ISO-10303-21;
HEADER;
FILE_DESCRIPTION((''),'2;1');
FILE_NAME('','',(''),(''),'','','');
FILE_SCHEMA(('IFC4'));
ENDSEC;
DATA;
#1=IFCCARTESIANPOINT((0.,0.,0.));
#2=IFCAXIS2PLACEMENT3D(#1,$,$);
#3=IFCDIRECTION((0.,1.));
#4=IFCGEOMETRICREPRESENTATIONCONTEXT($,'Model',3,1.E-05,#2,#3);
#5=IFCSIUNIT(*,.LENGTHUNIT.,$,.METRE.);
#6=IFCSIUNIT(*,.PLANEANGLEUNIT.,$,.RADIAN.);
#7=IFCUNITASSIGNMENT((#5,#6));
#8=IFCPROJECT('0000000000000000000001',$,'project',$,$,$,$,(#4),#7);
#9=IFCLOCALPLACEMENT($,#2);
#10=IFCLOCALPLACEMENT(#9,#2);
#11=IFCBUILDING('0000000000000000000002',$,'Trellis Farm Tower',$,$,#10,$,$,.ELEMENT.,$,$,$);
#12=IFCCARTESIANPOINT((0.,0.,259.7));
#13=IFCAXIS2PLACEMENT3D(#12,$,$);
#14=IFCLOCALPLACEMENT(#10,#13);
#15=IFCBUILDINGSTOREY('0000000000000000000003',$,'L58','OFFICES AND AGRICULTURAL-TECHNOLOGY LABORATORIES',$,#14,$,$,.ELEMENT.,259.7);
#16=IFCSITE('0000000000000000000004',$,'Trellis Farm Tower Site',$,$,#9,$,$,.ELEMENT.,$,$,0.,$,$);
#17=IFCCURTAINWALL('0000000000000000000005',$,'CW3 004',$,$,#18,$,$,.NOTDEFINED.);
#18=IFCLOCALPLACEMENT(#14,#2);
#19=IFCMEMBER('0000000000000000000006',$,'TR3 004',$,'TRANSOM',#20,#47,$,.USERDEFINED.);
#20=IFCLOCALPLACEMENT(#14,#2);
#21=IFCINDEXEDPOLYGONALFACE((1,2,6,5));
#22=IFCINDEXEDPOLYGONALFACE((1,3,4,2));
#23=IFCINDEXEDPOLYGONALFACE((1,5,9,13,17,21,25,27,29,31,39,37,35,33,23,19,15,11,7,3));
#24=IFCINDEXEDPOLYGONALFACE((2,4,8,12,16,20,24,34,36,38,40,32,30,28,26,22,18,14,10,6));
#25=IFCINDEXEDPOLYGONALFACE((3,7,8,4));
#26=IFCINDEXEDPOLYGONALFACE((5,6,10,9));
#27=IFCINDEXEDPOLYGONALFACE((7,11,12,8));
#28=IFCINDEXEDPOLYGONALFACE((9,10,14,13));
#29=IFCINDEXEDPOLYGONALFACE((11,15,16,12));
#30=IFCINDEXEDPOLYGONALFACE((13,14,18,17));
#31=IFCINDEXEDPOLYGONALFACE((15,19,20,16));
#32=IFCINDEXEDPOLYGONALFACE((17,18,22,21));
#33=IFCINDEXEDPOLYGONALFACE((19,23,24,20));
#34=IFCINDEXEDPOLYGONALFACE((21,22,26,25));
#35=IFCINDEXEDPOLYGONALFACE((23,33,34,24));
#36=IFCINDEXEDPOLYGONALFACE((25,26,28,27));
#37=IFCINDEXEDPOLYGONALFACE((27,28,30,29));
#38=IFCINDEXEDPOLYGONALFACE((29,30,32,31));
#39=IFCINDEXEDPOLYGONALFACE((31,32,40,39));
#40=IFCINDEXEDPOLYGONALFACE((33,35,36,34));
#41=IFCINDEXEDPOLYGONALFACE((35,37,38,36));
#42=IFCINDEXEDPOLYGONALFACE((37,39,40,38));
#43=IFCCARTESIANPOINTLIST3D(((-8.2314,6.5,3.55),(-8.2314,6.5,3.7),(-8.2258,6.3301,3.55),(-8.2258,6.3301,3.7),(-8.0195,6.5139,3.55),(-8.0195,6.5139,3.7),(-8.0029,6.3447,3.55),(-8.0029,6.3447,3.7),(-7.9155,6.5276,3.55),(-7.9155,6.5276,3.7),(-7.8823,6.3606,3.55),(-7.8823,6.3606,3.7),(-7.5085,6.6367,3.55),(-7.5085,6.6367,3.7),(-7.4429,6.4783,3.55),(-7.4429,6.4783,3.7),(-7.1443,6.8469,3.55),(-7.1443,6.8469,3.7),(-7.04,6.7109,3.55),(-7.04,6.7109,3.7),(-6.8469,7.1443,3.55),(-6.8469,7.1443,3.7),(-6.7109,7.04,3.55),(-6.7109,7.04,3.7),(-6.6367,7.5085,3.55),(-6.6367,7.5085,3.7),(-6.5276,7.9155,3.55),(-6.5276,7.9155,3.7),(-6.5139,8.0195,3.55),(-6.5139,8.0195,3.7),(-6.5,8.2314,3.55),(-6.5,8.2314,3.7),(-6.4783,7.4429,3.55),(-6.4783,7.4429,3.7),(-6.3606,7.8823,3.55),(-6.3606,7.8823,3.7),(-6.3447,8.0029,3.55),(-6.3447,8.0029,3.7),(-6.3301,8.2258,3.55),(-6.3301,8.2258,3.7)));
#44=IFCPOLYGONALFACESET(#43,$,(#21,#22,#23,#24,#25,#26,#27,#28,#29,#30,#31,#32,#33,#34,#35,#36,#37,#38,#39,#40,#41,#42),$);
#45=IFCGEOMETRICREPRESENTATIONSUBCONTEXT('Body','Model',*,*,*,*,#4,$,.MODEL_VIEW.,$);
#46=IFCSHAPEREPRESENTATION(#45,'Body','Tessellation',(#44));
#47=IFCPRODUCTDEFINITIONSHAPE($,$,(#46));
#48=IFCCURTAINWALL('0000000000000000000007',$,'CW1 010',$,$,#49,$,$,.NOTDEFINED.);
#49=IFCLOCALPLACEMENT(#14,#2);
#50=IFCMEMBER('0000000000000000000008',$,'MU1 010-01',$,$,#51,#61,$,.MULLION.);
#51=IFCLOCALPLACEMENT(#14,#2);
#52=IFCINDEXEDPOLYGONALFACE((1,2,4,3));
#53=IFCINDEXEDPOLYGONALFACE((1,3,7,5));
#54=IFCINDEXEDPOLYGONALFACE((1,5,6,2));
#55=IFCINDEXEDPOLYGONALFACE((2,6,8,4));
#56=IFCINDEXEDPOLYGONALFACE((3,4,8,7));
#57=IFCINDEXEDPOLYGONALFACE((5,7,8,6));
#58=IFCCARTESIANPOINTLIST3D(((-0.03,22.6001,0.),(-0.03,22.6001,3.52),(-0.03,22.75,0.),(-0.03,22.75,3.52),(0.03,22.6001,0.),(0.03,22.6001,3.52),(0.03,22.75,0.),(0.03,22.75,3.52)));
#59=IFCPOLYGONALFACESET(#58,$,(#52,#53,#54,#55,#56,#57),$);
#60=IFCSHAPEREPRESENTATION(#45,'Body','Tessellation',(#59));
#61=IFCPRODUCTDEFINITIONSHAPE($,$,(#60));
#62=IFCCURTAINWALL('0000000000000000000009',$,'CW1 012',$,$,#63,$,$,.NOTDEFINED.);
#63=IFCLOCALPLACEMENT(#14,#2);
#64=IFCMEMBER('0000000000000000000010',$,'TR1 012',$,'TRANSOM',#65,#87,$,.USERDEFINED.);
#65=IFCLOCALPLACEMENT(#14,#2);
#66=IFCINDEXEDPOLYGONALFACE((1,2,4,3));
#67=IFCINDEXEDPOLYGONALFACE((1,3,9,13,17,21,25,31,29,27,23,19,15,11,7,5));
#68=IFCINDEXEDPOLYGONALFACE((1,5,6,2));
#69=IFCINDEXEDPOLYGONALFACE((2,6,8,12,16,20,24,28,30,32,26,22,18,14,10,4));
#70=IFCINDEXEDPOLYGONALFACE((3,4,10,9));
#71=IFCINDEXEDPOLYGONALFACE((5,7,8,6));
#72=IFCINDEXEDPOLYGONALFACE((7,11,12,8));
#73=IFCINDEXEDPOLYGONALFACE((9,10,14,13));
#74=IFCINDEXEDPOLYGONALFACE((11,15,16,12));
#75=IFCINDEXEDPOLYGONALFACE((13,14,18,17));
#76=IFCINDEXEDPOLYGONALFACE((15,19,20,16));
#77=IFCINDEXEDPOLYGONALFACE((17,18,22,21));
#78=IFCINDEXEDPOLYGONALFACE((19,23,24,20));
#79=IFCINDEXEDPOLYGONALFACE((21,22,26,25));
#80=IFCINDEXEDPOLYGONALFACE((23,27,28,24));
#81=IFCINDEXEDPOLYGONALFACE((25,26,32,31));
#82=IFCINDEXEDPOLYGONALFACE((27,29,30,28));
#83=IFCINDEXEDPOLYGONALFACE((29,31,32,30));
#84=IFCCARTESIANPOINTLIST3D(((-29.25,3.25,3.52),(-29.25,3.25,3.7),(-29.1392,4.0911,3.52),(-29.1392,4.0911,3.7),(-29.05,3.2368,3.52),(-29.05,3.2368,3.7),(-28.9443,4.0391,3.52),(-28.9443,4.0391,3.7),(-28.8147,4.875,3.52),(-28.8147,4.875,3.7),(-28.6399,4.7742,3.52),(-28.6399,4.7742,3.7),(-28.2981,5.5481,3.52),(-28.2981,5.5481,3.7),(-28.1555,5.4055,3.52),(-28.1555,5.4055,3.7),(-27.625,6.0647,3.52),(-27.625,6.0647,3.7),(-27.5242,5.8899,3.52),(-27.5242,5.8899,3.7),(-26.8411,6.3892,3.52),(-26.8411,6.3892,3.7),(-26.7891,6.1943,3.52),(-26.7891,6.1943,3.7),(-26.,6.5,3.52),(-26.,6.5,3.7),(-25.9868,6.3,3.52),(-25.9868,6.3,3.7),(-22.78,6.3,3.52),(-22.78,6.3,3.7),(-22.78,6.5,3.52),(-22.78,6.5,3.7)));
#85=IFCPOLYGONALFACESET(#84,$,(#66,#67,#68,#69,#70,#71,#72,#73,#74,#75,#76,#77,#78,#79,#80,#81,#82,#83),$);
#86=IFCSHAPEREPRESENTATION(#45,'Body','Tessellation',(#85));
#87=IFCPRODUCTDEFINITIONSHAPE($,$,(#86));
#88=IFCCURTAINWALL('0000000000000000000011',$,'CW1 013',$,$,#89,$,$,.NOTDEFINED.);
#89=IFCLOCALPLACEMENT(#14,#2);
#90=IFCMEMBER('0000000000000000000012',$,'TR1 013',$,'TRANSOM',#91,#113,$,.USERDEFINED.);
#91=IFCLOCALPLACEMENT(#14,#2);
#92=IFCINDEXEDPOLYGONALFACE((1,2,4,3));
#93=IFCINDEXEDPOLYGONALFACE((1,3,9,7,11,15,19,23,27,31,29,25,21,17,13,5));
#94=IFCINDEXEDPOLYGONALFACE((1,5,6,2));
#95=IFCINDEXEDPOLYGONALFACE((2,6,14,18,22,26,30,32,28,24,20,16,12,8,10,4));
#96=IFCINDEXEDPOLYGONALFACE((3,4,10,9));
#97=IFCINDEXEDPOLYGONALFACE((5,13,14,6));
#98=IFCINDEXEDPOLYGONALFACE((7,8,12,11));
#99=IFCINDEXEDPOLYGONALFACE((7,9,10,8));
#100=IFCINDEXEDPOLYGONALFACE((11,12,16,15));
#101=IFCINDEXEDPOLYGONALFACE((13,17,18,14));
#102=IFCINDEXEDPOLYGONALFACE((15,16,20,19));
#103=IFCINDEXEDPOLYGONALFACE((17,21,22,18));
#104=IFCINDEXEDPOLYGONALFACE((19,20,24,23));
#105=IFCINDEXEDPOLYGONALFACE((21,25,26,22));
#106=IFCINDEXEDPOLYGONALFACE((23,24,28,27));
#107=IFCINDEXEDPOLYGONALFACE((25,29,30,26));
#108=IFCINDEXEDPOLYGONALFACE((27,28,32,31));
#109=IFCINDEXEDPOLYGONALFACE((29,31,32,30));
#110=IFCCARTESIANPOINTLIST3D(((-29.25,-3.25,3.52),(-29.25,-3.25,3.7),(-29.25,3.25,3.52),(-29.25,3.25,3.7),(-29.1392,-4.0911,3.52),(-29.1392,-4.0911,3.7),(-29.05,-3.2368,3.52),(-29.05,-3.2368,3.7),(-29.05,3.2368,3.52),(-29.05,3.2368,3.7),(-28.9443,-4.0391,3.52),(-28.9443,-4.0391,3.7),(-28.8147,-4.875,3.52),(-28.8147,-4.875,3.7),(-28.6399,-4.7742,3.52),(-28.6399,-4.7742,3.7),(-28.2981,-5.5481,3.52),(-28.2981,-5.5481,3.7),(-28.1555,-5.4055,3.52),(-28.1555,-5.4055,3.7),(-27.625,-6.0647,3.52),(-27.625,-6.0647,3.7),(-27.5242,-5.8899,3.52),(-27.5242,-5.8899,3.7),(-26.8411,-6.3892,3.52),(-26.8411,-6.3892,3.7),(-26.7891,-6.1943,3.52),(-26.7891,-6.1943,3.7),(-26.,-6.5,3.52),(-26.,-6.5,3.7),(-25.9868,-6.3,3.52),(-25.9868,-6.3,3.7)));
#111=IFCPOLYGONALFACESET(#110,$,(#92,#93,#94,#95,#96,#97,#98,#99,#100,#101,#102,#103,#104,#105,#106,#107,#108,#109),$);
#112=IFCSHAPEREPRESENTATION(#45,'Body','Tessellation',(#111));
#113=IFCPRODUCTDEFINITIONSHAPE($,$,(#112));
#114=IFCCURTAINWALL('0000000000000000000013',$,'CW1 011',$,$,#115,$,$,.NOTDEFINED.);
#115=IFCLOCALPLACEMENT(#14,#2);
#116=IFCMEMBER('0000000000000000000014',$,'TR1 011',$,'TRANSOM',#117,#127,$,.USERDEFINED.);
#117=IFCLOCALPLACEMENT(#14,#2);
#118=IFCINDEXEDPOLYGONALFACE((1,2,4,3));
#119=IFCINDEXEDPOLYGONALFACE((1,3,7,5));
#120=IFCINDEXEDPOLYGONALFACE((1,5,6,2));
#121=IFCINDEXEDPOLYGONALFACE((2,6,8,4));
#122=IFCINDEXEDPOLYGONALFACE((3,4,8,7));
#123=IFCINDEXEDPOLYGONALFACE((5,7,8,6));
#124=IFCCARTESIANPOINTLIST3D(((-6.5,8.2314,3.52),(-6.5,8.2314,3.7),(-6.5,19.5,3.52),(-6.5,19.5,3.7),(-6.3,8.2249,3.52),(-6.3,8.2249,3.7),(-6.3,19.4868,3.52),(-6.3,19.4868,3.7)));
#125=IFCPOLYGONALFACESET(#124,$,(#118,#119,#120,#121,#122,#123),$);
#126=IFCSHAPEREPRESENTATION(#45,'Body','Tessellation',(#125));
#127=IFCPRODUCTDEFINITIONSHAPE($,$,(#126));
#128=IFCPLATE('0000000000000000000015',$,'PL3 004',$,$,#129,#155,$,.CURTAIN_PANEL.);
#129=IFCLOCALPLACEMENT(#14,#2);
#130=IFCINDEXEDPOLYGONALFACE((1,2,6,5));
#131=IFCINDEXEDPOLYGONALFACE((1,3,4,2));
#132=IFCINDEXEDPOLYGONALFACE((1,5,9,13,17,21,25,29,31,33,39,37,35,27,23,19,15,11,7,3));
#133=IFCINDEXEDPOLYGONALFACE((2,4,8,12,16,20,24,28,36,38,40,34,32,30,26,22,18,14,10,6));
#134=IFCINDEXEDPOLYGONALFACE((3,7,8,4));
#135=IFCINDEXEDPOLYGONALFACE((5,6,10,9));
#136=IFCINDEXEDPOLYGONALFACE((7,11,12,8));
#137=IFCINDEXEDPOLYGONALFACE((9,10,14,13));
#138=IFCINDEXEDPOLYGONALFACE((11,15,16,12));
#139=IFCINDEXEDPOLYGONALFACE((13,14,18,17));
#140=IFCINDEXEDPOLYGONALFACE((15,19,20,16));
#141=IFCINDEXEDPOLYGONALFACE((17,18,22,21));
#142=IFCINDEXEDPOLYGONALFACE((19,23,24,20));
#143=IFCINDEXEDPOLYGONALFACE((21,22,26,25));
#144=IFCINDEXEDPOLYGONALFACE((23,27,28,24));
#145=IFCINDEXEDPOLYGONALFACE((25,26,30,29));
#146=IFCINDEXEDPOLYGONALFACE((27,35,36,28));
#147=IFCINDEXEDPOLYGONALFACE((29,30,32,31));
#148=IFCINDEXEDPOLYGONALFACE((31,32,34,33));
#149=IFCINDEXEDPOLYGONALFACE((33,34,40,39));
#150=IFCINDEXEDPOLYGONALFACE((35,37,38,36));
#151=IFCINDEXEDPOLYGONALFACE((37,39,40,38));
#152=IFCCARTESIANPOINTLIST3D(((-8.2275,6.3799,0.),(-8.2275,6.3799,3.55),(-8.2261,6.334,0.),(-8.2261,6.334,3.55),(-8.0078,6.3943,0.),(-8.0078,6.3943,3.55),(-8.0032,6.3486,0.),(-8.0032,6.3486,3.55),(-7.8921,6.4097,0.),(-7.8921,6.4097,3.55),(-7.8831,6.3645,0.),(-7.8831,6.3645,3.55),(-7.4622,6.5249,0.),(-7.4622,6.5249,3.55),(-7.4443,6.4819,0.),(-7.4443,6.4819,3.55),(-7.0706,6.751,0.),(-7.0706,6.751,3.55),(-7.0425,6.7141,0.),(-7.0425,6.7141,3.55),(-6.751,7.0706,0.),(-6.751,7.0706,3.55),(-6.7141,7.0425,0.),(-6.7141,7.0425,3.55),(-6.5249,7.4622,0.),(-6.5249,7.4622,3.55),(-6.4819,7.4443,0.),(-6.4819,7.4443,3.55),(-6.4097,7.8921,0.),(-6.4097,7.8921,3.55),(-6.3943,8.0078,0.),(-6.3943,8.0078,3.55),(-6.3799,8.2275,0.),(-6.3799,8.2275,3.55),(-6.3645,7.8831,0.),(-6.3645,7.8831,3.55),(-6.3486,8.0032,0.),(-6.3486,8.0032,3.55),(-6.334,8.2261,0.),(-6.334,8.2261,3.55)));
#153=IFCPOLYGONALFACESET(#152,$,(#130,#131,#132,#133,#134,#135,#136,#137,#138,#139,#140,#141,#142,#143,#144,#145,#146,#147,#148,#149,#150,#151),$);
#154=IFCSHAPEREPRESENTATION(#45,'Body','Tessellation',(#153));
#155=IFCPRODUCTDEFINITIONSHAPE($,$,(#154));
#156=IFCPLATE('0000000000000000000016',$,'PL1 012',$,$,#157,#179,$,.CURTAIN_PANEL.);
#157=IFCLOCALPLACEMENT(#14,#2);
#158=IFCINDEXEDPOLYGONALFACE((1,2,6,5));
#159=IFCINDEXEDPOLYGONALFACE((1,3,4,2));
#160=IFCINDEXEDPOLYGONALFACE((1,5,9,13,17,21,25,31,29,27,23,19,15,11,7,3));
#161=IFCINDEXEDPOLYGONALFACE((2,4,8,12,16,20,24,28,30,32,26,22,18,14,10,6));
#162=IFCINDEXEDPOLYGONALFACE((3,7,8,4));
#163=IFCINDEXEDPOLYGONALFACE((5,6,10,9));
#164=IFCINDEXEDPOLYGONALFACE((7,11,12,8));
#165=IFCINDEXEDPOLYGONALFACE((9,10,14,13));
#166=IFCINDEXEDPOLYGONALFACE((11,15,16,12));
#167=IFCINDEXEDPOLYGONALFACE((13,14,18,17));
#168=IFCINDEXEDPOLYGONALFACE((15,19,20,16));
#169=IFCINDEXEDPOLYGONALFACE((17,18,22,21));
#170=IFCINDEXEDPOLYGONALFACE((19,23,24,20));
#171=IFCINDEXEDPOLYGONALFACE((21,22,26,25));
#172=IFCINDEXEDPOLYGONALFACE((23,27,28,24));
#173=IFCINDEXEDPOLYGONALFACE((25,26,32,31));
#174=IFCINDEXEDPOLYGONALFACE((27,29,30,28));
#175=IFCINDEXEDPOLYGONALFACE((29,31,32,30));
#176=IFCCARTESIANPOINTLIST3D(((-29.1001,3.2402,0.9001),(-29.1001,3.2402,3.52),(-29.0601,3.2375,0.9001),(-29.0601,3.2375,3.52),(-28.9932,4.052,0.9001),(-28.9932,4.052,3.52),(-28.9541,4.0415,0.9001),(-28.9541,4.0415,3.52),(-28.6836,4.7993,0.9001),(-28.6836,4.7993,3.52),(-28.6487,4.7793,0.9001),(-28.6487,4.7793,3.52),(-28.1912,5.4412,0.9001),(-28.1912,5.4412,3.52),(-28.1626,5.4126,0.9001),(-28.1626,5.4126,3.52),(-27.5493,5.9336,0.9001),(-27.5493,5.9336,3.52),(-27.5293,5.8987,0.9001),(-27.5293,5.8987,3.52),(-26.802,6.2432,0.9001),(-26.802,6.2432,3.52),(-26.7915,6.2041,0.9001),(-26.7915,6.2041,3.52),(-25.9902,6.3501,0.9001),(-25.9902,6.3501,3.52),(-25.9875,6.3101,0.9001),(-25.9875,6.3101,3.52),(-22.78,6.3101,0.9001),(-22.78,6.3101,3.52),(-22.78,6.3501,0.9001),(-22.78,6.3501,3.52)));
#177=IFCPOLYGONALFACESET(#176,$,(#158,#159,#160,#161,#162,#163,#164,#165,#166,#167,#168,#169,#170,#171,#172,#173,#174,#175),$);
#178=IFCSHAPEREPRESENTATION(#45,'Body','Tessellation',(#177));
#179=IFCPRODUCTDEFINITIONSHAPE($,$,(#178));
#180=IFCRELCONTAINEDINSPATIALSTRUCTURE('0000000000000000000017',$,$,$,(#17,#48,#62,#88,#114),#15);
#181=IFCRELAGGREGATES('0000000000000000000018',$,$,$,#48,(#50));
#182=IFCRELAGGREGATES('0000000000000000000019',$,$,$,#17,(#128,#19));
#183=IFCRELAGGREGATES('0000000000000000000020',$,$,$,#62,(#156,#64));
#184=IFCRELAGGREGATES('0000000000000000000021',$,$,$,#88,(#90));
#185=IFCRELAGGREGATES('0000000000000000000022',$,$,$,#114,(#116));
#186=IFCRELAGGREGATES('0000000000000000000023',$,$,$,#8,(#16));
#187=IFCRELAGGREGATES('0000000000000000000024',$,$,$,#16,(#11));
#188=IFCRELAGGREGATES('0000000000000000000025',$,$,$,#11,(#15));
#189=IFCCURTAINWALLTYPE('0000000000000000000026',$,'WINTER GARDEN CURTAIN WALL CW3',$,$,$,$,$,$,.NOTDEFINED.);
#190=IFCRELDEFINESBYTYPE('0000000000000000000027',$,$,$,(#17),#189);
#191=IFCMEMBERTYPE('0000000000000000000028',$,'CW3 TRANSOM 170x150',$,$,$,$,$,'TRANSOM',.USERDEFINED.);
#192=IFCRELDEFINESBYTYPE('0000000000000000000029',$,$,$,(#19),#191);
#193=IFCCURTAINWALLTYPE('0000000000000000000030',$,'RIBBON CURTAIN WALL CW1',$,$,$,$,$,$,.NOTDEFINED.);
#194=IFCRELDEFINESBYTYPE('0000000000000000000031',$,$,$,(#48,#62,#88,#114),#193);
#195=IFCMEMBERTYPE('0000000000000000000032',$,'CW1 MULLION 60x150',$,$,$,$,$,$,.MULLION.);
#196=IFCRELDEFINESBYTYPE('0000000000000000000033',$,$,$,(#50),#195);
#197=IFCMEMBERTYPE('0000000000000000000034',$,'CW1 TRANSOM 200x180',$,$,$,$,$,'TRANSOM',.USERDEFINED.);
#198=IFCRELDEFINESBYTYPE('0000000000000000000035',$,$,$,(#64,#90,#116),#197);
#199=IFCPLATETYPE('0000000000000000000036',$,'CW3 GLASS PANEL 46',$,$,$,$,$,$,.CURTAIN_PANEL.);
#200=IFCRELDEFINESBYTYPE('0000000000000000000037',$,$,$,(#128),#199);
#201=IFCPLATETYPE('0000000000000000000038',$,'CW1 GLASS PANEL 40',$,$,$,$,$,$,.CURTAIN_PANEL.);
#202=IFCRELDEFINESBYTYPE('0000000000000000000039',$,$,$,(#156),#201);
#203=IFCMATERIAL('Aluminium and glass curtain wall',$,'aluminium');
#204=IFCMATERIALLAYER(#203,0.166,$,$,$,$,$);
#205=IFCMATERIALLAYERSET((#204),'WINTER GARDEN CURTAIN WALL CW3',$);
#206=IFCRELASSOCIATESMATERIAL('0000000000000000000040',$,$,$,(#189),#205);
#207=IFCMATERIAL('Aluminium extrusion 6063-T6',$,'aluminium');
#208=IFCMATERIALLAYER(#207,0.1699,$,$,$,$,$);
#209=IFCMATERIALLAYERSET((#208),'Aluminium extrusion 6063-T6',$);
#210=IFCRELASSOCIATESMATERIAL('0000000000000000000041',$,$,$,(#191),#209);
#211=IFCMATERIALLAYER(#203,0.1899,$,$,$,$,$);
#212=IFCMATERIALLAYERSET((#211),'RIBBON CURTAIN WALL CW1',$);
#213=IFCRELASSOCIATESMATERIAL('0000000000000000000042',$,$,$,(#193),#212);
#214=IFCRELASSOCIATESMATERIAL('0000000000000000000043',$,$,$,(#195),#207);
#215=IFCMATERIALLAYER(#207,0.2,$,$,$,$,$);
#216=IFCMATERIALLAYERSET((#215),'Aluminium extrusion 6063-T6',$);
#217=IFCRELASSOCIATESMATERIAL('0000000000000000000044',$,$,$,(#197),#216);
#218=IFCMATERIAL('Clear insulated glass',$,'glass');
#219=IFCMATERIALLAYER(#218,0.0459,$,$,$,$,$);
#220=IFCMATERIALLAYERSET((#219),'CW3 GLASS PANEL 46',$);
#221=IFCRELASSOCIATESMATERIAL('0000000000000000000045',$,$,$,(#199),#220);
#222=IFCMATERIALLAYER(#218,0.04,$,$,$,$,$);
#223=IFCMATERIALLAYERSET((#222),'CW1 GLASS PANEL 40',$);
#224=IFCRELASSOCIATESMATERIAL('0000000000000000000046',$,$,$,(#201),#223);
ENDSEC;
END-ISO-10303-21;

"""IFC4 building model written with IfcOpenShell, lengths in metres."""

from ifc_helpers import new_model, si_unit, direction, frame, origin, origin_2d, place, context, subcontext, project, spatial, polyline, rectangle, outline, extrude, source, transform, mapped, material, layer, layer_set, material_profile, profile_set, type_object, element, aggregate, save


model = new_model("IFC4")

# Units and contexts
model_context = context("Model", 3, precision=1e-05, world=origin(), true_north=direction((0.0, 1.0)))
body_context = subcontext(model_context, "Body", "Model", "MODEL_VIEW")
ifc_project = project(units=[si_unit("LENGTHUNIT", "METRE"), si_unit("PLANEANGLEUNIT", "RADIAN")], contexts=[model_context])

# Site, building, storey
site_placement = place(None, origin())
site = spatial("IfcSite", under=ifc_project, at=site_placement, Name="Trellis Farm Tower Site", CompositionType="ELEMENT", RefElevation=0.0)
building_placement = place(site_placement, origin())
building = spatial("IfcBuilding", under=site, at=building_placement, Name="Trellis Farm Tower", CompositionType="ELEMENT")
storey_placement = place(building_placement, frame((0.0, 0.0, 259.7)))
storey = spatial("IfcBuildingStorey", under=building, at=storey_placement, Name="L58", Description="OFFICES AND AGRICULTURAL-TECHNOLOGY LABORATORIES", CompositionType="ELEMENT", Elevation=259.7)

# Curtain walls, members
ifc_material_1 = material(Name="Aluminium and glass curtain wall", Category="aluminium")
ifc_layer_1 = layer(ifc_material_1, 0.166)
ifc_layer_set_1 = layer_set([ifc_layer_1], Name="WINTER GARDEN CURTAIN WALL CW3")
curtain_wall_type_1 = type_object("IfcCurtainWallType", Name="WINTER GARDEN CURTAIN WALL CW3", PredefinedType="NOTDEFINED", material=ifc_layer_set_1)
placement_1 = place(storey_placement, origin())
curtain_wall_1 = element("IfcCurtainWall", 1, at=placement_1, inside=storey, type_object=curtain_wall_type_1, Name="CW3 004", PredefinedType="NOTDEFINED")
ifc_material_2 = material(Name="Aluminium extrusion 6063-T6", Category="aluminium")
ifc_layer_2 = layer(ifc_material_2, 0.1699)
ifc_layer_set_2 = layer_set([ifc_layer_2], Name="Aluminium extrusion 6063-T6")
member_type_1 = type_object("IfcMemberType", Name="CW3 TRANSOM 170x150", ElementType="TRANSOM", PredefinedType="USERDEFINED", material=ifc_layer_set_2)
shared_shape_1 = source(origin(), body_context, "Body", "SweptSolid", [
    extrude(outline(polyline([(-6.5, 8.2314), (-6.5139, 8.0195), (-6.5276, 7.9155), (-6.6367, 7.5085), (-6.8469, 7.1443), (-7.1443, 6.8469), (-7.5085, 6.6367), (-7.9155, 6.5276), (-8.0195, 6.5139), (-8.2314, 6.5), (-8.2258, 6.3301), (-8.0029, 6.3447), (-7.8823, 6.3606), (-7.4429, 6.4783), (-7.04, 6.7109), (-6.7109, 7.04), (-6.4783, 7.4429), (-6.3606, 7.8823), (-6.3447, 8.0029), (-6.3301, 8.2258), (-6.5, 8.2314)])), origin(), (0.0, 0.0, 1.0), 0.1499),
])
member_1_placement = place(storey_placement, frame((0.0, 0.0, 3.55)))
member_1 = element("IfcMember", 2, at=member_1_placement, type_object=member_type_1, Name="TR3 004", ObjectType="TRANSOM", PredefinedType="USERDEFINED", context=body_context, shape_type="MappedRepresentation", body=[
    mapped(shared_shape_1, transform((0.0, 0.0, 0.0))),
])
ifc_layer_3 = layer(ifc_material_1, 0.1899)
ifc_layer_set_3 = layer_set([ifc_layer_3], Name="RIBBON CURTAIN WALL CW1")
curtain_wall_type_2 = type_object("IfcCurtainWallType", Name="RIBBON CURTAIN WALL CW1", PredefinedType="NOTDEFINED", material=ifc_layer_set_3)
curtain_wall_2 = element("IfcCurtainWall", 3, at=placement_1, inside=storey, type_object=curtain_wall_type_2, Name="CW1 010", PredefinedType="NOTDEFINED")
ifc_material_profile = material_profile(ifc_material_2, rectangle(XDim=0.0601, YDim=0.1499, at=origin_2d()), Name="MULLION 60x150")
ifc_profile_set = profile_set([ifc_material_profile], Name="Aluminium extrusion 6063-T6")
member_type_2 = type_object("IfcMemberType", Name="CW1 MULLION 60x150", PredefinedType="MULLION", material=ifc_profile_set)
shared_shape_2 = source(origin(), body_context, "Body", "SweptSolid", [
    extrude(rectangle(XDim=0.0601, YDim=0.1499, at=origin_2d()), origin(), (0.0, 0.0, 1.0), 3.52),
])
member_2_placement = place(storey_placement, frame((0.0, 22.675, 0.0), z_axis=(0.0, 0.0, 1.0), x_axis=(-1.0, 0.0, 0.0)))
member_2 = element("IfcMember", 4, at=member_2_placement, type_object=member_type_2, Name="MU1 010-01", PredefinedType="MULLION", context=body_context, shape_type="MappedRepresentation", body=[
    mapped(shared_shape_2, transform((0.0, 0.0, 0.0))),
])
aggregate(curtain_wall_2, [member_2])
curtain_wall_3 = element("IfcCurtainWall", 5, at=placement_1, inside=storey, type_object=curtain_wall_type_2, Name="CW1 012", PredefinedType="NOTDEFINED")
ifc_layer_4 = layer(ifc_material_2, 0.2)
ifc_layer_set_4 = layer_set([ifc_layer_4], Name="Aluminium extrusion 6063-T6")
member_type_3 = type_object("IfcMemberType", Name="CW1 TRANSOM 200x180", ElementType="TRANSOM", PredefinedType="USERDEFINED", material=ifc_layer_set_4)
shared_shape_3 = source(origin(), body_context, "Body", "SweptSolid", [
    extrude(outline(polyline([(-22.78, 6.5), (-26.0, 6.5), (-26.8411, 6.3892), (-27.625, 6.0647), (-28.2981, 5.5481), (-28.8147, 4.875), (-29.1392, 4.0911), (-29.25, 3.25), (-29.05, 3.2368), (-28.9443, 4.0391), (-28.6399, 4.7742), (-28.1555, 5.4055), (-27.5242, 5.8899), (-26.7891, 6.1943), (-25.9868, 6.3), (-22.78, 6.3), (-22.78, 6.5)])), origin(), (0.0, 0.0, 1.0), 0.1799),
])
placement_2 = place(storey_placement, frame((0.0, 0.0, 3.52)))
member_3 = element("IfcMember", 6, at=placement_2, type_object=member_type_3, Name="TR1 012", ObjectType="TRANSOM", PredefinedType="USERDEFINED", context=body_context, shape_type="MappedRepresentation", body=[
    mapped(shared_shape_3, transform((0.0, 0.0, 0.0))),
])
curtain_wall_4 = element("IfcCurtainWall", 7, at=placement_1, inside=storey, type_object=curtain_wall_type_2, Name="CW1 013", PredefinedType="NOTDEFINED")
shared_shape_4 = source(origin(), body_context, "Body", "SweptSolid", [
    extrude(outline(polyline([(-29.25, 3.25), (-29.25, -3.25), (-29.1392, -4.0911), (-28.8147, -4.875), (-28.2981, -5.5481), (-27.625, -6.0647), (-26.8411, -6.3892), (-26.0, -6.5), (-25.9868, -6.3), (-26.7891, -6.1943), (-27.5242, -5.8899), (-28.1555, -5.4055), (-28.6399, -4.7742), (-28.9443, -4.0391), (-29.05, -3.2368), (-29.05, 3.2368), (-29.25, 3.25)])), origin(), (0.0, 0.0, 1.0), 0.1799),
])
member_4 = element("IfcMember", 8, at=placement_2, type_object=member_type_3, Name="TR1 013", ObjectType="TRANSOM", PredefinedType="USERDEFINED", context=body_context, shape_type="MappedRepresentation", body=[
    mapped(shared_shape_4, transform((0.0, 0.0, 0.0))),
])
curtain_wall_5 = element("IfcCurtainWall", 9, at=placement_1, inside=storey, type_object=curtain_wall_type_2, Name="CW1 011", PredefinedType="NOTDEFINED")
shared_shape_5 = source(origin(), body_context, "Body", "SweptSolid", [
    extrude(outline(polyline([(-6.5, 19.5), (-6.5, 8.2314), (-6.3, 8.2249), (-6.3, 19.4868), (-6.5, 19.5)])), origin(), (0.0, 0.0, 1.0), 0.1799),
])
member_5 = element("IfcMember", 10, at=placement_2, type_object=member_type_3, Name="TR1 011", ObjectType="TRANSOM", PredefinedType="USERDEFINED", context=body_context, shape_type="MappedRepresentation", body=[
    mapped(shared_shape_5, transform((0.0, 0.0, 0.0))),
])

# Plates
ifc_material_3 = material(Name="Clear insulated glass", Category="glass")
ifc_layer_5 = layer(ifc_material_3, 0.0459)
ifc_layer_set_5 = layer_set([ifc_layer_5], Name="CW3 GLASS PANEL 46")
plate_type_1 = type_object("IfcPlateType", Name="CW3 GLASS PANEL 46", PredefinedType="CURTAIN_PANEL", material=ifc_layer_set_5)
shared_shape_6 = source(origin(), body_context, "Body", "SweptSolid", [
    extrude(outline(polyline([(-6.3799, 8.2275), (-6.3943, 8.0078), (-6.4097, 7.8921), (-6.5249, 7.4622), (-6.751, 7.0706), (-7.0706, 6.751), (-7.4622, 6.5249), (-7.8921, 6.4097), (-8.0078, 6.3943), (-8.2275, 6.3799), (-8.2261, 6.334), (-8.0032, 6.3486), (-7.8831, 6.3645), (-7.4443, 6.4819), (-7.0425, 6.7141), (-6.7141, 7.0425), (-6.4819, 7.4443), (-6.3645, 7.8831), (-6.3486, 8.0032), (-6.334, 8.2261), (-6.3799, 8.2275)])), origin(), (0.0, 0.0, 1.0), 3.55),
])
plate_1 = element("IfcPlate", 11, at=placement_1, type_object=plate_type_1, Name="PL3 004", PredefinedType="CURTAIN_PANEL", context=body_context, shape_type="MappedRepresentation", body=[
    mapped(shared_shape_6, transform((0.0, 0.0, 0.0))),
])
aggregate(curtain_wall_1, [plate_1, member_1])
ifc_layer_6 = layer(ifc_material_3, 0.04)
ifc_layer_set_6 = layer_set([ifc_layer_6], Name="CW1 GLASS PANEL 40")
plate_type_2 = type_object("IfcPlateType", Name="CW1 GLASS PANEL 40", PredefinedType="CURTAIN_PANEL", material=ifc_layer_set_6)
shared_shape_7 = source(origin(), body_context, "Body", "SweptSolid", [
    extrude(outline(polyline([(-22.78, 6.3501), (-25.9902, 6.3501), (-26.802, 6.2432), (-27.5493, 5.9336), (-28.1912, 5.4412), (-28.6836, 4.7993), (-28.9932, 4.052), (-29.1001, 3.2402), (-29.0601, 3.2375), (-28.9541, 4.0415), (-28.6487, 4.7793), (-28.1626, 5.4126), (-27.5293, 5.8987), (-26.7915, 6.2041), (-25.9875, 6.3101), (-22.78, 6.3101), (-22.78, 6.3501)])), origin(), (0.0, 0.0, 1.0), 2.6199),
])
placement_3 = place(storey_placement, frame((0.0, 0.0, 0.9001)))
plate_2 = element("IfcPlate", 12, at=placement_3, type_object=plate_type_2, Name="PL1 012", PredefinedType="CURTAIN_PANEL", context=body_context, shape_type="MappedRepresentation", body=[
    mapped(shared_shape_7, transform((0.0, 0.0, 0.0))),
])
aggregate(curtain_wall_3, [plate_2, member_3])
aggregate(curtain_wall_4, [member_4])
aggregate(curtain_wall_5, [member_5])

save(model, "model.ifc")
